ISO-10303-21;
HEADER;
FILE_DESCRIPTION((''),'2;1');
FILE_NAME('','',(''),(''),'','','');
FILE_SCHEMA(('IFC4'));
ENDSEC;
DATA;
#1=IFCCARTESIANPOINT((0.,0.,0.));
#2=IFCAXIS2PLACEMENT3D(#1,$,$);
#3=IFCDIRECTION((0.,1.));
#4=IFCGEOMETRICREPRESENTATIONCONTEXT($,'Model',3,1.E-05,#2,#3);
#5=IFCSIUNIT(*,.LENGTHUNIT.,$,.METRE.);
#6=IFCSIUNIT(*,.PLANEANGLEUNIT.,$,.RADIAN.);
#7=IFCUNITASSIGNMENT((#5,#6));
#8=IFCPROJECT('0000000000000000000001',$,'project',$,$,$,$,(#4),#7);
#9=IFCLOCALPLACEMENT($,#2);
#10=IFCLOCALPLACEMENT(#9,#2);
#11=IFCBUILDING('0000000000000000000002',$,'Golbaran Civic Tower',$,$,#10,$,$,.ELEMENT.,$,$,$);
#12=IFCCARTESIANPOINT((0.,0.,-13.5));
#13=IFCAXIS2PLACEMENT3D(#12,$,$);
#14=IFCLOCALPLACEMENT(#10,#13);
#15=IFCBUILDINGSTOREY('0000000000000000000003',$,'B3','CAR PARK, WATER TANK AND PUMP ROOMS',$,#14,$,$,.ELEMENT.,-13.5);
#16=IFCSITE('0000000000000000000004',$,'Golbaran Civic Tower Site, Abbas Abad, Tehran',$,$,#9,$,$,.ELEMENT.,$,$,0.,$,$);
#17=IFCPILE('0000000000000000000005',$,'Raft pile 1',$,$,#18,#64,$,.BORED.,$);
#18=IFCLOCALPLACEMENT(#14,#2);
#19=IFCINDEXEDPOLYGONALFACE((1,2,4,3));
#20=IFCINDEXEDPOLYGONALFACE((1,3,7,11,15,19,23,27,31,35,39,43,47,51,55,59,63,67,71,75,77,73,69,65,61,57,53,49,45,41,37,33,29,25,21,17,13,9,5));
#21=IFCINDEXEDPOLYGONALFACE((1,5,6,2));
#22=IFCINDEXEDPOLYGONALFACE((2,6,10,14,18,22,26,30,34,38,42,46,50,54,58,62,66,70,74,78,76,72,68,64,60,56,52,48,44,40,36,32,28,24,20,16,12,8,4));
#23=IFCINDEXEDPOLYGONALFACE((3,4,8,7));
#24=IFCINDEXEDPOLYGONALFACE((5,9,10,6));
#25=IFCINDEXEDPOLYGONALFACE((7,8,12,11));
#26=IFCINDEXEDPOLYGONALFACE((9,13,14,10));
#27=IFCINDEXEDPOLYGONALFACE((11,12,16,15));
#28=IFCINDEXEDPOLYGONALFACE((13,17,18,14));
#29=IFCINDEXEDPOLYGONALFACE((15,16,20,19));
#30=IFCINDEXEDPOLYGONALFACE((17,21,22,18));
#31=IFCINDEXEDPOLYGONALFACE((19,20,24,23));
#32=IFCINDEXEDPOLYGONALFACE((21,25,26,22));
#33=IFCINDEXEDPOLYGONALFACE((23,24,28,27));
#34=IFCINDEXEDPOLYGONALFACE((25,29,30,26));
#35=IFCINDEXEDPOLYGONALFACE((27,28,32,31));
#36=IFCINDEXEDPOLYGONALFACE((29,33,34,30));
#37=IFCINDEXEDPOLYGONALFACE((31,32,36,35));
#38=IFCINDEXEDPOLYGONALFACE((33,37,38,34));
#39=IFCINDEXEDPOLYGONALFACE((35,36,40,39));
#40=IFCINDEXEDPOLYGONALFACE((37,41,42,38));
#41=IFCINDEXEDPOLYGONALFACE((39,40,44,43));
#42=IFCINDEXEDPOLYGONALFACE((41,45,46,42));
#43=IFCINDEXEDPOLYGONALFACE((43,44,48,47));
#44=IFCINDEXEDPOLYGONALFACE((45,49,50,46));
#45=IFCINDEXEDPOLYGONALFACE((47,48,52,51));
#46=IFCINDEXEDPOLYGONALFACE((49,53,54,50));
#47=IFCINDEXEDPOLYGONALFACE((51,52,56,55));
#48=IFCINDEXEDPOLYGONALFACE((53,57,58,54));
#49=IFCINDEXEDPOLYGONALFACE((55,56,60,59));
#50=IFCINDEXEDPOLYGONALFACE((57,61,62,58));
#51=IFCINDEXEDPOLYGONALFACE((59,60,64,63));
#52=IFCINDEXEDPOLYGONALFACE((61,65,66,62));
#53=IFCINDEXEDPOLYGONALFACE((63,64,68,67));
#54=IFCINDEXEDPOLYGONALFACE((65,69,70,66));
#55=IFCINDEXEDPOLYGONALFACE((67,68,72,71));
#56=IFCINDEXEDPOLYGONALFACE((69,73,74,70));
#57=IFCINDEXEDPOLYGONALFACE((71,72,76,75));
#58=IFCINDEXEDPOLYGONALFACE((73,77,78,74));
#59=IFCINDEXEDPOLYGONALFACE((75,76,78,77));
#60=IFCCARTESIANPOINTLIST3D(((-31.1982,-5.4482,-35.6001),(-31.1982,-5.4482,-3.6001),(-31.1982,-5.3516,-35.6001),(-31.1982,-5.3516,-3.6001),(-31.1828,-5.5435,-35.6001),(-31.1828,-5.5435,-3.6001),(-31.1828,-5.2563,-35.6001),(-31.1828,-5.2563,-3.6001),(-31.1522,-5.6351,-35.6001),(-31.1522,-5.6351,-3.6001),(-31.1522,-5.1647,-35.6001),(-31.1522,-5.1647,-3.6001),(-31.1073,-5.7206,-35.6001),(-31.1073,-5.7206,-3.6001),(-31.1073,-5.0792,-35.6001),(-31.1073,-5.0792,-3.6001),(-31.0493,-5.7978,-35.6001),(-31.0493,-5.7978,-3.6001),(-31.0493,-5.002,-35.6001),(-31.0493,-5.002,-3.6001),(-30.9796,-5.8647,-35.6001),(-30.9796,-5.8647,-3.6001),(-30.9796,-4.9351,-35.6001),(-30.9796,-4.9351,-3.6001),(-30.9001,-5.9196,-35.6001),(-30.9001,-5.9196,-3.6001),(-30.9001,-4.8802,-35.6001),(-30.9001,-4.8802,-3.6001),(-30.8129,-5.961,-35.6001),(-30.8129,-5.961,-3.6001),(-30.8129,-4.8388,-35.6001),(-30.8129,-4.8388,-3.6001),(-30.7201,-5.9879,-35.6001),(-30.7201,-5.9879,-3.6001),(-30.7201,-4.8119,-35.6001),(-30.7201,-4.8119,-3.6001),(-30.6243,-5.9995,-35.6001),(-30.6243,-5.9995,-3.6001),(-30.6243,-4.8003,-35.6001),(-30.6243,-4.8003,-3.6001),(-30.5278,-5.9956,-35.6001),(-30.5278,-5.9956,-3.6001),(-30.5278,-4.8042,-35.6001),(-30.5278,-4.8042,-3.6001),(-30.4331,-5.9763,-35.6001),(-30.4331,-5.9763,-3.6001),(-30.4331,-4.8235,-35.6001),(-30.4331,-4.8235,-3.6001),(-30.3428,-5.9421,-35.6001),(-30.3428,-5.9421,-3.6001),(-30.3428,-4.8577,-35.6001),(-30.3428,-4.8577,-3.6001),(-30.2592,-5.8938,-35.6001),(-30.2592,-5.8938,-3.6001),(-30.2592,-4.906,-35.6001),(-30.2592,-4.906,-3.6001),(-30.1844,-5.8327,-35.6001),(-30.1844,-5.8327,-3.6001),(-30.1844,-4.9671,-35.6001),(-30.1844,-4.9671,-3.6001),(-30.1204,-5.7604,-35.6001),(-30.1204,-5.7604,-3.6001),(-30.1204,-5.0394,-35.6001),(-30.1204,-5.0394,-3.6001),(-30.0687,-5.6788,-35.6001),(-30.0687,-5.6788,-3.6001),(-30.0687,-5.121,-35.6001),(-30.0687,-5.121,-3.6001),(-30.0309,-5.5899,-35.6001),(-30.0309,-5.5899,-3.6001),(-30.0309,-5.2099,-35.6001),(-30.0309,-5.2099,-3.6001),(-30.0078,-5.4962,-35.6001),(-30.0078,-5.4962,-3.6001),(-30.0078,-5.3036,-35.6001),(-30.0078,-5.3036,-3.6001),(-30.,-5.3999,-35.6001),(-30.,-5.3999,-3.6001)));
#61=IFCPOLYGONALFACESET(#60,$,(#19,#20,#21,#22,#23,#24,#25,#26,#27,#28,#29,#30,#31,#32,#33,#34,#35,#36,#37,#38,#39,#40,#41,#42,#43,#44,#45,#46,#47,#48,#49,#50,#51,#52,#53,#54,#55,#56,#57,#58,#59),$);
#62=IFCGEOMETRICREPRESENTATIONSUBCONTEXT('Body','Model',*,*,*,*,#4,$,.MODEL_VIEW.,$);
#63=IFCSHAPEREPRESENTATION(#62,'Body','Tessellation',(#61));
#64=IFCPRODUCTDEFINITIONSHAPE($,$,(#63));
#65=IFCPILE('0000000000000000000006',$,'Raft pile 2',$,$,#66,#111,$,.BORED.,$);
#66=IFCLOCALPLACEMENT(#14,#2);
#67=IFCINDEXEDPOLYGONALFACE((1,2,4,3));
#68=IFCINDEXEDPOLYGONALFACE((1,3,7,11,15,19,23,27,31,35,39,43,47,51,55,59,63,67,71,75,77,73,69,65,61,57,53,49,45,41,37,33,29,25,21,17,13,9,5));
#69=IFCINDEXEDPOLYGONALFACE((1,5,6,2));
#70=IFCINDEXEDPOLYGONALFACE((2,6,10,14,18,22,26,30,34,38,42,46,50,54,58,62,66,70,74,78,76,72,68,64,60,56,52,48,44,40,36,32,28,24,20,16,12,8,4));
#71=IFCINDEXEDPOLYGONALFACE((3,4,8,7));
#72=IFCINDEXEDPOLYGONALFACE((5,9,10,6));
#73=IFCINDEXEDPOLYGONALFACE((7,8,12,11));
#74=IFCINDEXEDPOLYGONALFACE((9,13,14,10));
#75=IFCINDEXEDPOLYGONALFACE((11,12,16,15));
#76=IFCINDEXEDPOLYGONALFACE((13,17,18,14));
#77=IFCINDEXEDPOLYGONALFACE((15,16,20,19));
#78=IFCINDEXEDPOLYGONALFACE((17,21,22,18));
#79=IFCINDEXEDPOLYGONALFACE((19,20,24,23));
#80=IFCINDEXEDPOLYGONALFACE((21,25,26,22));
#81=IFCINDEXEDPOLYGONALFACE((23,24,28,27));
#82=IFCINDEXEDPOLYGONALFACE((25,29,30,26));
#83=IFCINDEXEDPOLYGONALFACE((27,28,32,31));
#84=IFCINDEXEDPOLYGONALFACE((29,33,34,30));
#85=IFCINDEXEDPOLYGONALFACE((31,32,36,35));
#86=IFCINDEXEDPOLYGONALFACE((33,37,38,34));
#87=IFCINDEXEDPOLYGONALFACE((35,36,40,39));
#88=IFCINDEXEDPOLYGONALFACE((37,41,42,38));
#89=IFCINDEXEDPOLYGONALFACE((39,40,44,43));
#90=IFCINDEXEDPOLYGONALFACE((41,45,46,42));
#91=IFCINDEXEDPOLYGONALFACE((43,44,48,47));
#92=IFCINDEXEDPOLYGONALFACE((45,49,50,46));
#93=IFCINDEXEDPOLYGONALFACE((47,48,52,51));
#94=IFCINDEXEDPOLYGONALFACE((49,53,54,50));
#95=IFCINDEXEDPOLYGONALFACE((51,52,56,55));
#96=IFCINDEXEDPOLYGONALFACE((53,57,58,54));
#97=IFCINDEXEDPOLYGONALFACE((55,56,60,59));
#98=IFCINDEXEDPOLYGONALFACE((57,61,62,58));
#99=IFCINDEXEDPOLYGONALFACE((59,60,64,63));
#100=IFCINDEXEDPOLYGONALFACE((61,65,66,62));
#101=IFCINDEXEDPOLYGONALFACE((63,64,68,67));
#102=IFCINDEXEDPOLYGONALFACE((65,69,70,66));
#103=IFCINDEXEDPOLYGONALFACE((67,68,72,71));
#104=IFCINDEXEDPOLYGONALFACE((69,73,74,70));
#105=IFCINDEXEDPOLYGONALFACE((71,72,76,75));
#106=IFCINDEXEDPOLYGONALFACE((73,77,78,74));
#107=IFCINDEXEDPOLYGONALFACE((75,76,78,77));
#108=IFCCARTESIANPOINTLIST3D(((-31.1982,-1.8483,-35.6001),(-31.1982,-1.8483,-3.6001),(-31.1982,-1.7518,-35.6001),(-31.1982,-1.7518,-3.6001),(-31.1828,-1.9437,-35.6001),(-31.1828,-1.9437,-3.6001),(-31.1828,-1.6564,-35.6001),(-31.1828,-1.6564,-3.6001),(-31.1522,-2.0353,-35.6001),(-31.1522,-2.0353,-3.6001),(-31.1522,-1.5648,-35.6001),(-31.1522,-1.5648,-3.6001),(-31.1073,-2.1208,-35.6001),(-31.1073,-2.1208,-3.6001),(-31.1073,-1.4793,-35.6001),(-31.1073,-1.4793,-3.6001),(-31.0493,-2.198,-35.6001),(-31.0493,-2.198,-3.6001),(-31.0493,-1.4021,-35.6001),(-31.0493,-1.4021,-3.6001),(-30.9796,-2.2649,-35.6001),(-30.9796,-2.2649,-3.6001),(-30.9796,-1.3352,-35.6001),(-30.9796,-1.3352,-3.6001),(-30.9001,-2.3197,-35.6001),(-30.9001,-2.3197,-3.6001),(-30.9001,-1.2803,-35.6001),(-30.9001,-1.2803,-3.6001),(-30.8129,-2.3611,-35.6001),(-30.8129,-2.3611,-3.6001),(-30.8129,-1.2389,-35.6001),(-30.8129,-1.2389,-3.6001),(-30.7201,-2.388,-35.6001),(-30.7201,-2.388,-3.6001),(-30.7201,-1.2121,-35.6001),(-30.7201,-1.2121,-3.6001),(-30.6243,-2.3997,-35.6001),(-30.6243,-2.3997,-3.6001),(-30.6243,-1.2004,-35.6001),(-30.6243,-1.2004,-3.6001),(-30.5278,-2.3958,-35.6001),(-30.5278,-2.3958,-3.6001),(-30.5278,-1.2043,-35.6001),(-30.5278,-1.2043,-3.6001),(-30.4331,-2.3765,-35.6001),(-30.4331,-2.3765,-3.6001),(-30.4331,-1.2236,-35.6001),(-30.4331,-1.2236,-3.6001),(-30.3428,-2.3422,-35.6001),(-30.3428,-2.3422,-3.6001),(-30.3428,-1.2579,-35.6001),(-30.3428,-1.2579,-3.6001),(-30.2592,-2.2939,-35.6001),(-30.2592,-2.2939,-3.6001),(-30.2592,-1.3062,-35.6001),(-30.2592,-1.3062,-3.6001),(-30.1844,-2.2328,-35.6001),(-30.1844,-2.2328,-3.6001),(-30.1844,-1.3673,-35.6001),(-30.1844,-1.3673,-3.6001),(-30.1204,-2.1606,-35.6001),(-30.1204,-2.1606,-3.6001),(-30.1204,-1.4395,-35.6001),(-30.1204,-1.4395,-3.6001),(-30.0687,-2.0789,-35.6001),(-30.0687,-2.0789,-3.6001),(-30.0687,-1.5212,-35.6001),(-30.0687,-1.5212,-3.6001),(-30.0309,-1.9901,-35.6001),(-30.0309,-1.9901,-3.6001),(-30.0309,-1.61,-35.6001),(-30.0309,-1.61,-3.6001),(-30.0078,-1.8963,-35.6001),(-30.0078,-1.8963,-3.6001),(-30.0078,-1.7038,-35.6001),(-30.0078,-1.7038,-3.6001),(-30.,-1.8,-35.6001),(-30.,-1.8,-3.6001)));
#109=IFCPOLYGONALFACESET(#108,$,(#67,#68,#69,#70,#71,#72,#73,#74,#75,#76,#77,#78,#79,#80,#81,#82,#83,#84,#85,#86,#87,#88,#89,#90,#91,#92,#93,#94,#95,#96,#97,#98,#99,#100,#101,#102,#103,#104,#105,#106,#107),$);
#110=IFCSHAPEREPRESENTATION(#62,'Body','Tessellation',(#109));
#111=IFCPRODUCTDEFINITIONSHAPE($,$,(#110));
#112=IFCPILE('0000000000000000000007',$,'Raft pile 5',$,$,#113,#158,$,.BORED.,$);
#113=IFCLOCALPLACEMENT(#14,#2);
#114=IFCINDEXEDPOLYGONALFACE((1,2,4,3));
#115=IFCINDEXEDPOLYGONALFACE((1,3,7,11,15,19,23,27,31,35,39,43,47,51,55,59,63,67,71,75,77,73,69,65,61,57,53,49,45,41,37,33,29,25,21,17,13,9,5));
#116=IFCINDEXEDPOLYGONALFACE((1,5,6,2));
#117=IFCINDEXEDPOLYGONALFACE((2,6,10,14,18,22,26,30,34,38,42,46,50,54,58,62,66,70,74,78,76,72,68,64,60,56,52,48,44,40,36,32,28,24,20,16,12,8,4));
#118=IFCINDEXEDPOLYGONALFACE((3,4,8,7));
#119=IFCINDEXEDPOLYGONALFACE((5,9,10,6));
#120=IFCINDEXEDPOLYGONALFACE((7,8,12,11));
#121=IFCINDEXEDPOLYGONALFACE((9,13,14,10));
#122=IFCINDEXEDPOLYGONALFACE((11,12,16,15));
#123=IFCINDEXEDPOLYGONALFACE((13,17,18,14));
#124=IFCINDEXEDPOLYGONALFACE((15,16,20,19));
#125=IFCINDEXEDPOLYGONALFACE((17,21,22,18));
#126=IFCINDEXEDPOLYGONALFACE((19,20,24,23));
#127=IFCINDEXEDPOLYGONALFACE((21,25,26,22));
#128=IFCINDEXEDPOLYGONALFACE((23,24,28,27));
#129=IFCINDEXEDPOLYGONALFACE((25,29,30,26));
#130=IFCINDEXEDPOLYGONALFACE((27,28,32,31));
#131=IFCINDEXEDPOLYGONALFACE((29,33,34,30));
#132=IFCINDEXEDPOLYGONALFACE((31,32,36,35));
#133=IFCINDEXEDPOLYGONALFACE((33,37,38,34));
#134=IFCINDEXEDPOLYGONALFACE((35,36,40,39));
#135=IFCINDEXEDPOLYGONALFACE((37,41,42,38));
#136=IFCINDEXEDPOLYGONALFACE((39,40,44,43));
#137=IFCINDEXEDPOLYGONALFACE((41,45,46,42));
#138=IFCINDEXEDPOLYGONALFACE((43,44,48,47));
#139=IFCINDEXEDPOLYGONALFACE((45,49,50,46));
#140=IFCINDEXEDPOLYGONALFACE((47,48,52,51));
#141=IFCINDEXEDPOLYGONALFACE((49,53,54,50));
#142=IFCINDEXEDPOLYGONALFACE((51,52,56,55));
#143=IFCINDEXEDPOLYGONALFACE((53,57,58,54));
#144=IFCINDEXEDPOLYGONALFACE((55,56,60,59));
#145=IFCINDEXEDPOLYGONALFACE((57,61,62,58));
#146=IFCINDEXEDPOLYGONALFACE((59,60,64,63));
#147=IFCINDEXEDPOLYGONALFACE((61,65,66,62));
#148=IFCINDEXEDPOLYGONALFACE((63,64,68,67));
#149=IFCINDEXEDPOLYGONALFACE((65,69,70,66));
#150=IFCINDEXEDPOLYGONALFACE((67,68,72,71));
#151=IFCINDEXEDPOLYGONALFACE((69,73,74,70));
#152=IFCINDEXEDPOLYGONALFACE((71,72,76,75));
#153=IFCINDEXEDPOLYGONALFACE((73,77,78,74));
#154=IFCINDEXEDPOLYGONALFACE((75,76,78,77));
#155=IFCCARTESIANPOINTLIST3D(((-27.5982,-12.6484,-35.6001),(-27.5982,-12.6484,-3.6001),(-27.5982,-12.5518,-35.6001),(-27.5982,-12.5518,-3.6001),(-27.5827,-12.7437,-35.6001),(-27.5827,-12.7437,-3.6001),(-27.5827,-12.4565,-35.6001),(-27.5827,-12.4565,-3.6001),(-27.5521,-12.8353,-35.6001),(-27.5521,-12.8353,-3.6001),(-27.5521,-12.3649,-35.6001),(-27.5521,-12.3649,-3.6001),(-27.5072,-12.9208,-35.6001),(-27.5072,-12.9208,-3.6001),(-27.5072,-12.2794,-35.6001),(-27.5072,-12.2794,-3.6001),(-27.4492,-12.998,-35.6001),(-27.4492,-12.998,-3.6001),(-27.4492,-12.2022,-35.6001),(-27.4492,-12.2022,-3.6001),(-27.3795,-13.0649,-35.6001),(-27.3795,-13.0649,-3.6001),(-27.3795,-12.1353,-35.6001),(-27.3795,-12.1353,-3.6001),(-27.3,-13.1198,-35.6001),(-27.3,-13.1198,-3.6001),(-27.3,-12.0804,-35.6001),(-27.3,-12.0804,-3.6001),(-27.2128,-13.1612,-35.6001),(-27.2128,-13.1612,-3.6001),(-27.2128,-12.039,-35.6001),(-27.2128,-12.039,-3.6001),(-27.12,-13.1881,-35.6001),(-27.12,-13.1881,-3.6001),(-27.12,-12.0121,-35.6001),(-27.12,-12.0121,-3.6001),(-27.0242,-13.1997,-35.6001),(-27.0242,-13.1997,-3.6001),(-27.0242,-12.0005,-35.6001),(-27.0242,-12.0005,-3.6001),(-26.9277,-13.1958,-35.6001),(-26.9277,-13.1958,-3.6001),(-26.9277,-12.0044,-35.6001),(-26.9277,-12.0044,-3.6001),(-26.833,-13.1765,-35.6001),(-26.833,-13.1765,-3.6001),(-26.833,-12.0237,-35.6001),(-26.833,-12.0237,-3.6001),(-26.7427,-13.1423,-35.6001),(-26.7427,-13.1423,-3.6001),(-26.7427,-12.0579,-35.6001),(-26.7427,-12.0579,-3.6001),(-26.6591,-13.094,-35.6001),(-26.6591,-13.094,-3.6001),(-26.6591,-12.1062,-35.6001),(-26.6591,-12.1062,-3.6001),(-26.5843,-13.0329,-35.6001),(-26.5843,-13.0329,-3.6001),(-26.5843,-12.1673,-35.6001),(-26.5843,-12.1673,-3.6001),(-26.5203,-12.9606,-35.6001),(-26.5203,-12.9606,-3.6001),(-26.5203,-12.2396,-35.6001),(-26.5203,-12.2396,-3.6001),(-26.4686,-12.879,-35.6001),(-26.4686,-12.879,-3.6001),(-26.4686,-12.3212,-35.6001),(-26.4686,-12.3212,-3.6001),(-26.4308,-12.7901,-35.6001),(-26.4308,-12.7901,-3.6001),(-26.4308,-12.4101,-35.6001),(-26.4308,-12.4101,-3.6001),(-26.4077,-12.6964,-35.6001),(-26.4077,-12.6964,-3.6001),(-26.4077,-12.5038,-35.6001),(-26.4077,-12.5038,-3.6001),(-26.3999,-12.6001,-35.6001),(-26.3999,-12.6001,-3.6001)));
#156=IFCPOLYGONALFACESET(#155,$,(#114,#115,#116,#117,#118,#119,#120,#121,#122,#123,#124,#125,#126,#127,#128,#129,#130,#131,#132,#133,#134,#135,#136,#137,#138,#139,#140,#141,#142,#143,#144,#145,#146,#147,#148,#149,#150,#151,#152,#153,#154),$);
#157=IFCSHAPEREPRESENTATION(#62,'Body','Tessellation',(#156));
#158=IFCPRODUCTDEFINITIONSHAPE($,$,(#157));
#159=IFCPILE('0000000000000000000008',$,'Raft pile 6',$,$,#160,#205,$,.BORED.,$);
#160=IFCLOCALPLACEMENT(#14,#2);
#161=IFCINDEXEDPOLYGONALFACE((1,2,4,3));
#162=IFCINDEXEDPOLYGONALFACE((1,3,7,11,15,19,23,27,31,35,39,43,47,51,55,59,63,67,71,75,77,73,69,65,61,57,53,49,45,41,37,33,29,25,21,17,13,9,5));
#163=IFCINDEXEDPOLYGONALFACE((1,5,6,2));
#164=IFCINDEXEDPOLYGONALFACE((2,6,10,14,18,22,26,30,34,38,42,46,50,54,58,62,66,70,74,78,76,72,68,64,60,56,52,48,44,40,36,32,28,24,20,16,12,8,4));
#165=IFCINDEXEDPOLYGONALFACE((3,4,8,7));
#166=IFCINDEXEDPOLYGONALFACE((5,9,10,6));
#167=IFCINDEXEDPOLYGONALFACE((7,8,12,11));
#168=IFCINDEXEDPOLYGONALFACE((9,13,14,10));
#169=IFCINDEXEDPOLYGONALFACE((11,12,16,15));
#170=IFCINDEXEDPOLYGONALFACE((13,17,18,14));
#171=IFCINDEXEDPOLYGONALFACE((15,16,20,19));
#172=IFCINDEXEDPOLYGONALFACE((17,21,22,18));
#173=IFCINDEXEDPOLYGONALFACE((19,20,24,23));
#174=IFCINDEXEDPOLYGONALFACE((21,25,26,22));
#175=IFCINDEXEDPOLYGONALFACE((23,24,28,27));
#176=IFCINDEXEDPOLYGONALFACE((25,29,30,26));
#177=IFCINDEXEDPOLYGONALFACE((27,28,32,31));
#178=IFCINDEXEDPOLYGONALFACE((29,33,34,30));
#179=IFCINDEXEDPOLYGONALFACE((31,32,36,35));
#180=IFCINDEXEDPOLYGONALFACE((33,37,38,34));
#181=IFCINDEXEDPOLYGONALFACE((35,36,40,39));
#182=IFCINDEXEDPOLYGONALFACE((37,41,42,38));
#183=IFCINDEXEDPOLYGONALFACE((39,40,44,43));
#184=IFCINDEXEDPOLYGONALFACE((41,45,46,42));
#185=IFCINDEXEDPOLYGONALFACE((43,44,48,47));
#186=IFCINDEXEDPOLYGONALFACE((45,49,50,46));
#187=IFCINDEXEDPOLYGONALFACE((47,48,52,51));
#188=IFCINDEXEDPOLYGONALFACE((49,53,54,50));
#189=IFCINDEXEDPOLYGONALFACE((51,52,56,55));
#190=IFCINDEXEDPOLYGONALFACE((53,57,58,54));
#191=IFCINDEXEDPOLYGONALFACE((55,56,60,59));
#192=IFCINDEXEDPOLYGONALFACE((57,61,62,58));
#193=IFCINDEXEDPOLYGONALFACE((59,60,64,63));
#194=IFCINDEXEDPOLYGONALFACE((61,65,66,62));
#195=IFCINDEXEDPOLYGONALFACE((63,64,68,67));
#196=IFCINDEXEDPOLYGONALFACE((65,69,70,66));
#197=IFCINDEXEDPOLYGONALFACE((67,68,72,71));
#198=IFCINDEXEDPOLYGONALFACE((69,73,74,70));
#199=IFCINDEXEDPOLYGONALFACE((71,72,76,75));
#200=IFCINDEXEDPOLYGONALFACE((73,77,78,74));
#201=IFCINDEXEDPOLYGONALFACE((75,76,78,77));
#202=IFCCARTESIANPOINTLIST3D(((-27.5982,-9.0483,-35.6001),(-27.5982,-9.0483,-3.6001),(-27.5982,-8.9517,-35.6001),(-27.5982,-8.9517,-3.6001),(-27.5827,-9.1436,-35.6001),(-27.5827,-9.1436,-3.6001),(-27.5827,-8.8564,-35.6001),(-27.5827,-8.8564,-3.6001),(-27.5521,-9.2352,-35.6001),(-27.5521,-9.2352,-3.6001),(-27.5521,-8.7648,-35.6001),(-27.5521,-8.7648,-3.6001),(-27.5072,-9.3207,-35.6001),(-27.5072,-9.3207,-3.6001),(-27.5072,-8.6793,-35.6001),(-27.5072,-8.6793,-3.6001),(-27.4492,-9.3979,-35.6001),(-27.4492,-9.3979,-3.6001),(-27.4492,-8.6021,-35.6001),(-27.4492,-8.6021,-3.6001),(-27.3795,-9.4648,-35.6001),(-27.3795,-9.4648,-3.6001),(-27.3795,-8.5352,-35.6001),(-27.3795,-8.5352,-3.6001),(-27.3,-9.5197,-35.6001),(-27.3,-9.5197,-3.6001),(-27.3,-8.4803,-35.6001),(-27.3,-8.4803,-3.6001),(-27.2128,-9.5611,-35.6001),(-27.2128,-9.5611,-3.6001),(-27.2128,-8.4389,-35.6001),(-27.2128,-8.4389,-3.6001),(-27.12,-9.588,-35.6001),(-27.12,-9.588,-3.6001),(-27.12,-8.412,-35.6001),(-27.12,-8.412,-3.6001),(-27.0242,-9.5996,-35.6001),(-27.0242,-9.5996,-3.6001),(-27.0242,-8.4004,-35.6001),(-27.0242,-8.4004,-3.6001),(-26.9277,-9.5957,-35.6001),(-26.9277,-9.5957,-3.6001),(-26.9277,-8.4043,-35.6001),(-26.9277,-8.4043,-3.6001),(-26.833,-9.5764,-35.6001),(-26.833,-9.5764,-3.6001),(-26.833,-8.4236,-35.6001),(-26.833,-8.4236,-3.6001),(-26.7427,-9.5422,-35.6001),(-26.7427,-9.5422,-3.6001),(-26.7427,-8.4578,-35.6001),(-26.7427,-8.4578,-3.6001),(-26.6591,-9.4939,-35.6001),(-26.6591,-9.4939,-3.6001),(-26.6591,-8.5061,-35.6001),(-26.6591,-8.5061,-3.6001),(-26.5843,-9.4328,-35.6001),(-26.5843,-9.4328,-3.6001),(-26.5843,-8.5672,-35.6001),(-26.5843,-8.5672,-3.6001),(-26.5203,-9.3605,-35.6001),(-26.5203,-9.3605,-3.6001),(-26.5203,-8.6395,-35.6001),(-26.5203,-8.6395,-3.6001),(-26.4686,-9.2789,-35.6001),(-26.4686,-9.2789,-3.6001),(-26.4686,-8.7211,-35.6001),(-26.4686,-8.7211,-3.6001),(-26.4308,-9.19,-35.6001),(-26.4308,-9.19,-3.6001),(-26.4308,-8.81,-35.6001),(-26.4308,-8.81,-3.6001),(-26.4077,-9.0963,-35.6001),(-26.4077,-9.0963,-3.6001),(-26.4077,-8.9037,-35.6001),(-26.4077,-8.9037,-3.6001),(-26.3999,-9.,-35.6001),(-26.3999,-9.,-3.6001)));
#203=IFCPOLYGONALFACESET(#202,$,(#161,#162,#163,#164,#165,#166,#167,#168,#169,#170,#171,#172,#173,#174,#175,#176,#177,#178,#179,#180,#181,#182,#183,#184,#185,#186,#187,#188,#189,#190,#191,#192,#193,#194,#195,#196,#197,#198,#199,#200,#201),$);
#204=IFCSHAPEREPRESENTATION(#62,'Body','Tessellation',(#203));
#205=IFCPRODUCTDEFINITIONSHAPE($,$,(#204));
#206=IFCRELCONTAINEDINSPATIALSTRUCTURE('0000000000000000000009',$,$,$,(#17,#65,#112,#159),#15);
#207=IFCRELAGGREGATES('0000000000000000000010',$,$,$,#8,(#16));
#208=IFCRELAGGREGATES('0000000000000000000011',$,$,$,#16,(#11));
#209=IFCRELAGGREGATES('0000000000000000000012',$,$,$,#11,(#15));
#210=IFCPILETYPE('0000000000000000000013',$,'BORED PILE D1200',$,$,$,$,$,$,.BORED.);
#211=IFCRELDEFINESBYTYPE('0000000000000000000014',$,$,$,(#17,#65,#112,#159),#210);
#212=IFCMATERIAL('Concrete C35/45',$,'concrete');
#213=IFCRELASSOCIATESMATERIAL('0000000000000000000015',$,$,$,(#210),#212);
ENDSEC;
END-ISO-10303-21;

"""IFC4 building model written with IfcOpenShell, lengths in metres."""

from ifc_helpers import new_model, si_unit, direction, frame, origin, origin_2d, place, context, subcontext, project, spatial, circle, extrude, material, material_profile, profile_set, type_object, element, save


model = new_model("IFC4")

# Units and contexts
model_context = context("Model", 3, precision=1e-05, world=origin(), true_north=direction((0.0, 1.0)))
body_context = subcontext(model_context, "Body", "Model", "MODEL_VIEW")
ifc_project = project(units=[si_unit("LENGTHUNIT", "METRE"), si_unit("PLANEANGLEUNIT", "RADIAN")], contexts=[model_context])

# Site, building, storey
site_placement = place(None, origin())
site = spatial("IfcSite", under=ifc_project, at=site_placement, Name="Golbaran Civic Tower Site, Abbas Abad, Tehran", CompositionType="ELEMENT", RefElevation=0.0)
building_placement = place(site_placement, origin())
building = spatial("IfcBuilding", under=site, at=building_placement, Name="Golbaran Civic Tower", CompositionType="ELEMENT")
storey_placement = place(building_placement, frame((0.0, 0.0, -13.5)))
storey = spatial("IfcBuildingStorey", under=building, at=storey_placement, Name="B3", Description="CAR PARK, WATER TANK AND PUMP ROOMS", CompositionType="ELEMENT", Elevation=-13.5)

# Piles
ifc_material_1 = material(Name="Concrete C35/45", Category="concrete")
ifc_material_profile_1 = material_profile(ifc_material_1, circle(Radius=0.6001, at=origin_2d()), Name="BORED PILE D1200")
ifc_profile_set_1 = profile_set([ifc_material_profile_1], Name="Concrete C35/45")
pile_type_1 = type_object("IfcPileType", Name="BORED PILE D1200", PredefinedType="BORED", material=ifc_profile_set_1)
for number, where, z_axis, x_axis, name in (
    (1, (-30.6001, -5.3999, -3.6001), (0.0, 0.0, -1.0), (1.0, 0.0, 0.0), "Raft pile 1"),
    (2, (-30.6001, -1.8, -3.6001), (0.0, 0.0, -1.0), (1.0, 0.0, 0.0), "Raft pile 2"),
    (3, (-27.0, -12.6001, -3.6001), (0.0, 0.0, -1.0), (1.0, 0.0, 0.0), "Raft pile 5"),
    (4, (-27.0, -9.0, -3.6001), (0.0, 0.0, -1.0), (1.0, 0.0, 0.0), "Raft pile 6"),
):
    element("IfcPile", number, at=place(storey_placement, frame(where, z_axis=z_axis, x_axis=x_axis)), inside=storey, type_object=pile_type_1, Name=name, PredefinedType="BORED", context=body_context, shape_type="SweptSolid", body=[
        extrude(circle(Radius=0.6001, at=origin_2d()), origin(), (0.0, 0.0, 1.0), 32.0),
    ])

save(model, "model.ifc")
